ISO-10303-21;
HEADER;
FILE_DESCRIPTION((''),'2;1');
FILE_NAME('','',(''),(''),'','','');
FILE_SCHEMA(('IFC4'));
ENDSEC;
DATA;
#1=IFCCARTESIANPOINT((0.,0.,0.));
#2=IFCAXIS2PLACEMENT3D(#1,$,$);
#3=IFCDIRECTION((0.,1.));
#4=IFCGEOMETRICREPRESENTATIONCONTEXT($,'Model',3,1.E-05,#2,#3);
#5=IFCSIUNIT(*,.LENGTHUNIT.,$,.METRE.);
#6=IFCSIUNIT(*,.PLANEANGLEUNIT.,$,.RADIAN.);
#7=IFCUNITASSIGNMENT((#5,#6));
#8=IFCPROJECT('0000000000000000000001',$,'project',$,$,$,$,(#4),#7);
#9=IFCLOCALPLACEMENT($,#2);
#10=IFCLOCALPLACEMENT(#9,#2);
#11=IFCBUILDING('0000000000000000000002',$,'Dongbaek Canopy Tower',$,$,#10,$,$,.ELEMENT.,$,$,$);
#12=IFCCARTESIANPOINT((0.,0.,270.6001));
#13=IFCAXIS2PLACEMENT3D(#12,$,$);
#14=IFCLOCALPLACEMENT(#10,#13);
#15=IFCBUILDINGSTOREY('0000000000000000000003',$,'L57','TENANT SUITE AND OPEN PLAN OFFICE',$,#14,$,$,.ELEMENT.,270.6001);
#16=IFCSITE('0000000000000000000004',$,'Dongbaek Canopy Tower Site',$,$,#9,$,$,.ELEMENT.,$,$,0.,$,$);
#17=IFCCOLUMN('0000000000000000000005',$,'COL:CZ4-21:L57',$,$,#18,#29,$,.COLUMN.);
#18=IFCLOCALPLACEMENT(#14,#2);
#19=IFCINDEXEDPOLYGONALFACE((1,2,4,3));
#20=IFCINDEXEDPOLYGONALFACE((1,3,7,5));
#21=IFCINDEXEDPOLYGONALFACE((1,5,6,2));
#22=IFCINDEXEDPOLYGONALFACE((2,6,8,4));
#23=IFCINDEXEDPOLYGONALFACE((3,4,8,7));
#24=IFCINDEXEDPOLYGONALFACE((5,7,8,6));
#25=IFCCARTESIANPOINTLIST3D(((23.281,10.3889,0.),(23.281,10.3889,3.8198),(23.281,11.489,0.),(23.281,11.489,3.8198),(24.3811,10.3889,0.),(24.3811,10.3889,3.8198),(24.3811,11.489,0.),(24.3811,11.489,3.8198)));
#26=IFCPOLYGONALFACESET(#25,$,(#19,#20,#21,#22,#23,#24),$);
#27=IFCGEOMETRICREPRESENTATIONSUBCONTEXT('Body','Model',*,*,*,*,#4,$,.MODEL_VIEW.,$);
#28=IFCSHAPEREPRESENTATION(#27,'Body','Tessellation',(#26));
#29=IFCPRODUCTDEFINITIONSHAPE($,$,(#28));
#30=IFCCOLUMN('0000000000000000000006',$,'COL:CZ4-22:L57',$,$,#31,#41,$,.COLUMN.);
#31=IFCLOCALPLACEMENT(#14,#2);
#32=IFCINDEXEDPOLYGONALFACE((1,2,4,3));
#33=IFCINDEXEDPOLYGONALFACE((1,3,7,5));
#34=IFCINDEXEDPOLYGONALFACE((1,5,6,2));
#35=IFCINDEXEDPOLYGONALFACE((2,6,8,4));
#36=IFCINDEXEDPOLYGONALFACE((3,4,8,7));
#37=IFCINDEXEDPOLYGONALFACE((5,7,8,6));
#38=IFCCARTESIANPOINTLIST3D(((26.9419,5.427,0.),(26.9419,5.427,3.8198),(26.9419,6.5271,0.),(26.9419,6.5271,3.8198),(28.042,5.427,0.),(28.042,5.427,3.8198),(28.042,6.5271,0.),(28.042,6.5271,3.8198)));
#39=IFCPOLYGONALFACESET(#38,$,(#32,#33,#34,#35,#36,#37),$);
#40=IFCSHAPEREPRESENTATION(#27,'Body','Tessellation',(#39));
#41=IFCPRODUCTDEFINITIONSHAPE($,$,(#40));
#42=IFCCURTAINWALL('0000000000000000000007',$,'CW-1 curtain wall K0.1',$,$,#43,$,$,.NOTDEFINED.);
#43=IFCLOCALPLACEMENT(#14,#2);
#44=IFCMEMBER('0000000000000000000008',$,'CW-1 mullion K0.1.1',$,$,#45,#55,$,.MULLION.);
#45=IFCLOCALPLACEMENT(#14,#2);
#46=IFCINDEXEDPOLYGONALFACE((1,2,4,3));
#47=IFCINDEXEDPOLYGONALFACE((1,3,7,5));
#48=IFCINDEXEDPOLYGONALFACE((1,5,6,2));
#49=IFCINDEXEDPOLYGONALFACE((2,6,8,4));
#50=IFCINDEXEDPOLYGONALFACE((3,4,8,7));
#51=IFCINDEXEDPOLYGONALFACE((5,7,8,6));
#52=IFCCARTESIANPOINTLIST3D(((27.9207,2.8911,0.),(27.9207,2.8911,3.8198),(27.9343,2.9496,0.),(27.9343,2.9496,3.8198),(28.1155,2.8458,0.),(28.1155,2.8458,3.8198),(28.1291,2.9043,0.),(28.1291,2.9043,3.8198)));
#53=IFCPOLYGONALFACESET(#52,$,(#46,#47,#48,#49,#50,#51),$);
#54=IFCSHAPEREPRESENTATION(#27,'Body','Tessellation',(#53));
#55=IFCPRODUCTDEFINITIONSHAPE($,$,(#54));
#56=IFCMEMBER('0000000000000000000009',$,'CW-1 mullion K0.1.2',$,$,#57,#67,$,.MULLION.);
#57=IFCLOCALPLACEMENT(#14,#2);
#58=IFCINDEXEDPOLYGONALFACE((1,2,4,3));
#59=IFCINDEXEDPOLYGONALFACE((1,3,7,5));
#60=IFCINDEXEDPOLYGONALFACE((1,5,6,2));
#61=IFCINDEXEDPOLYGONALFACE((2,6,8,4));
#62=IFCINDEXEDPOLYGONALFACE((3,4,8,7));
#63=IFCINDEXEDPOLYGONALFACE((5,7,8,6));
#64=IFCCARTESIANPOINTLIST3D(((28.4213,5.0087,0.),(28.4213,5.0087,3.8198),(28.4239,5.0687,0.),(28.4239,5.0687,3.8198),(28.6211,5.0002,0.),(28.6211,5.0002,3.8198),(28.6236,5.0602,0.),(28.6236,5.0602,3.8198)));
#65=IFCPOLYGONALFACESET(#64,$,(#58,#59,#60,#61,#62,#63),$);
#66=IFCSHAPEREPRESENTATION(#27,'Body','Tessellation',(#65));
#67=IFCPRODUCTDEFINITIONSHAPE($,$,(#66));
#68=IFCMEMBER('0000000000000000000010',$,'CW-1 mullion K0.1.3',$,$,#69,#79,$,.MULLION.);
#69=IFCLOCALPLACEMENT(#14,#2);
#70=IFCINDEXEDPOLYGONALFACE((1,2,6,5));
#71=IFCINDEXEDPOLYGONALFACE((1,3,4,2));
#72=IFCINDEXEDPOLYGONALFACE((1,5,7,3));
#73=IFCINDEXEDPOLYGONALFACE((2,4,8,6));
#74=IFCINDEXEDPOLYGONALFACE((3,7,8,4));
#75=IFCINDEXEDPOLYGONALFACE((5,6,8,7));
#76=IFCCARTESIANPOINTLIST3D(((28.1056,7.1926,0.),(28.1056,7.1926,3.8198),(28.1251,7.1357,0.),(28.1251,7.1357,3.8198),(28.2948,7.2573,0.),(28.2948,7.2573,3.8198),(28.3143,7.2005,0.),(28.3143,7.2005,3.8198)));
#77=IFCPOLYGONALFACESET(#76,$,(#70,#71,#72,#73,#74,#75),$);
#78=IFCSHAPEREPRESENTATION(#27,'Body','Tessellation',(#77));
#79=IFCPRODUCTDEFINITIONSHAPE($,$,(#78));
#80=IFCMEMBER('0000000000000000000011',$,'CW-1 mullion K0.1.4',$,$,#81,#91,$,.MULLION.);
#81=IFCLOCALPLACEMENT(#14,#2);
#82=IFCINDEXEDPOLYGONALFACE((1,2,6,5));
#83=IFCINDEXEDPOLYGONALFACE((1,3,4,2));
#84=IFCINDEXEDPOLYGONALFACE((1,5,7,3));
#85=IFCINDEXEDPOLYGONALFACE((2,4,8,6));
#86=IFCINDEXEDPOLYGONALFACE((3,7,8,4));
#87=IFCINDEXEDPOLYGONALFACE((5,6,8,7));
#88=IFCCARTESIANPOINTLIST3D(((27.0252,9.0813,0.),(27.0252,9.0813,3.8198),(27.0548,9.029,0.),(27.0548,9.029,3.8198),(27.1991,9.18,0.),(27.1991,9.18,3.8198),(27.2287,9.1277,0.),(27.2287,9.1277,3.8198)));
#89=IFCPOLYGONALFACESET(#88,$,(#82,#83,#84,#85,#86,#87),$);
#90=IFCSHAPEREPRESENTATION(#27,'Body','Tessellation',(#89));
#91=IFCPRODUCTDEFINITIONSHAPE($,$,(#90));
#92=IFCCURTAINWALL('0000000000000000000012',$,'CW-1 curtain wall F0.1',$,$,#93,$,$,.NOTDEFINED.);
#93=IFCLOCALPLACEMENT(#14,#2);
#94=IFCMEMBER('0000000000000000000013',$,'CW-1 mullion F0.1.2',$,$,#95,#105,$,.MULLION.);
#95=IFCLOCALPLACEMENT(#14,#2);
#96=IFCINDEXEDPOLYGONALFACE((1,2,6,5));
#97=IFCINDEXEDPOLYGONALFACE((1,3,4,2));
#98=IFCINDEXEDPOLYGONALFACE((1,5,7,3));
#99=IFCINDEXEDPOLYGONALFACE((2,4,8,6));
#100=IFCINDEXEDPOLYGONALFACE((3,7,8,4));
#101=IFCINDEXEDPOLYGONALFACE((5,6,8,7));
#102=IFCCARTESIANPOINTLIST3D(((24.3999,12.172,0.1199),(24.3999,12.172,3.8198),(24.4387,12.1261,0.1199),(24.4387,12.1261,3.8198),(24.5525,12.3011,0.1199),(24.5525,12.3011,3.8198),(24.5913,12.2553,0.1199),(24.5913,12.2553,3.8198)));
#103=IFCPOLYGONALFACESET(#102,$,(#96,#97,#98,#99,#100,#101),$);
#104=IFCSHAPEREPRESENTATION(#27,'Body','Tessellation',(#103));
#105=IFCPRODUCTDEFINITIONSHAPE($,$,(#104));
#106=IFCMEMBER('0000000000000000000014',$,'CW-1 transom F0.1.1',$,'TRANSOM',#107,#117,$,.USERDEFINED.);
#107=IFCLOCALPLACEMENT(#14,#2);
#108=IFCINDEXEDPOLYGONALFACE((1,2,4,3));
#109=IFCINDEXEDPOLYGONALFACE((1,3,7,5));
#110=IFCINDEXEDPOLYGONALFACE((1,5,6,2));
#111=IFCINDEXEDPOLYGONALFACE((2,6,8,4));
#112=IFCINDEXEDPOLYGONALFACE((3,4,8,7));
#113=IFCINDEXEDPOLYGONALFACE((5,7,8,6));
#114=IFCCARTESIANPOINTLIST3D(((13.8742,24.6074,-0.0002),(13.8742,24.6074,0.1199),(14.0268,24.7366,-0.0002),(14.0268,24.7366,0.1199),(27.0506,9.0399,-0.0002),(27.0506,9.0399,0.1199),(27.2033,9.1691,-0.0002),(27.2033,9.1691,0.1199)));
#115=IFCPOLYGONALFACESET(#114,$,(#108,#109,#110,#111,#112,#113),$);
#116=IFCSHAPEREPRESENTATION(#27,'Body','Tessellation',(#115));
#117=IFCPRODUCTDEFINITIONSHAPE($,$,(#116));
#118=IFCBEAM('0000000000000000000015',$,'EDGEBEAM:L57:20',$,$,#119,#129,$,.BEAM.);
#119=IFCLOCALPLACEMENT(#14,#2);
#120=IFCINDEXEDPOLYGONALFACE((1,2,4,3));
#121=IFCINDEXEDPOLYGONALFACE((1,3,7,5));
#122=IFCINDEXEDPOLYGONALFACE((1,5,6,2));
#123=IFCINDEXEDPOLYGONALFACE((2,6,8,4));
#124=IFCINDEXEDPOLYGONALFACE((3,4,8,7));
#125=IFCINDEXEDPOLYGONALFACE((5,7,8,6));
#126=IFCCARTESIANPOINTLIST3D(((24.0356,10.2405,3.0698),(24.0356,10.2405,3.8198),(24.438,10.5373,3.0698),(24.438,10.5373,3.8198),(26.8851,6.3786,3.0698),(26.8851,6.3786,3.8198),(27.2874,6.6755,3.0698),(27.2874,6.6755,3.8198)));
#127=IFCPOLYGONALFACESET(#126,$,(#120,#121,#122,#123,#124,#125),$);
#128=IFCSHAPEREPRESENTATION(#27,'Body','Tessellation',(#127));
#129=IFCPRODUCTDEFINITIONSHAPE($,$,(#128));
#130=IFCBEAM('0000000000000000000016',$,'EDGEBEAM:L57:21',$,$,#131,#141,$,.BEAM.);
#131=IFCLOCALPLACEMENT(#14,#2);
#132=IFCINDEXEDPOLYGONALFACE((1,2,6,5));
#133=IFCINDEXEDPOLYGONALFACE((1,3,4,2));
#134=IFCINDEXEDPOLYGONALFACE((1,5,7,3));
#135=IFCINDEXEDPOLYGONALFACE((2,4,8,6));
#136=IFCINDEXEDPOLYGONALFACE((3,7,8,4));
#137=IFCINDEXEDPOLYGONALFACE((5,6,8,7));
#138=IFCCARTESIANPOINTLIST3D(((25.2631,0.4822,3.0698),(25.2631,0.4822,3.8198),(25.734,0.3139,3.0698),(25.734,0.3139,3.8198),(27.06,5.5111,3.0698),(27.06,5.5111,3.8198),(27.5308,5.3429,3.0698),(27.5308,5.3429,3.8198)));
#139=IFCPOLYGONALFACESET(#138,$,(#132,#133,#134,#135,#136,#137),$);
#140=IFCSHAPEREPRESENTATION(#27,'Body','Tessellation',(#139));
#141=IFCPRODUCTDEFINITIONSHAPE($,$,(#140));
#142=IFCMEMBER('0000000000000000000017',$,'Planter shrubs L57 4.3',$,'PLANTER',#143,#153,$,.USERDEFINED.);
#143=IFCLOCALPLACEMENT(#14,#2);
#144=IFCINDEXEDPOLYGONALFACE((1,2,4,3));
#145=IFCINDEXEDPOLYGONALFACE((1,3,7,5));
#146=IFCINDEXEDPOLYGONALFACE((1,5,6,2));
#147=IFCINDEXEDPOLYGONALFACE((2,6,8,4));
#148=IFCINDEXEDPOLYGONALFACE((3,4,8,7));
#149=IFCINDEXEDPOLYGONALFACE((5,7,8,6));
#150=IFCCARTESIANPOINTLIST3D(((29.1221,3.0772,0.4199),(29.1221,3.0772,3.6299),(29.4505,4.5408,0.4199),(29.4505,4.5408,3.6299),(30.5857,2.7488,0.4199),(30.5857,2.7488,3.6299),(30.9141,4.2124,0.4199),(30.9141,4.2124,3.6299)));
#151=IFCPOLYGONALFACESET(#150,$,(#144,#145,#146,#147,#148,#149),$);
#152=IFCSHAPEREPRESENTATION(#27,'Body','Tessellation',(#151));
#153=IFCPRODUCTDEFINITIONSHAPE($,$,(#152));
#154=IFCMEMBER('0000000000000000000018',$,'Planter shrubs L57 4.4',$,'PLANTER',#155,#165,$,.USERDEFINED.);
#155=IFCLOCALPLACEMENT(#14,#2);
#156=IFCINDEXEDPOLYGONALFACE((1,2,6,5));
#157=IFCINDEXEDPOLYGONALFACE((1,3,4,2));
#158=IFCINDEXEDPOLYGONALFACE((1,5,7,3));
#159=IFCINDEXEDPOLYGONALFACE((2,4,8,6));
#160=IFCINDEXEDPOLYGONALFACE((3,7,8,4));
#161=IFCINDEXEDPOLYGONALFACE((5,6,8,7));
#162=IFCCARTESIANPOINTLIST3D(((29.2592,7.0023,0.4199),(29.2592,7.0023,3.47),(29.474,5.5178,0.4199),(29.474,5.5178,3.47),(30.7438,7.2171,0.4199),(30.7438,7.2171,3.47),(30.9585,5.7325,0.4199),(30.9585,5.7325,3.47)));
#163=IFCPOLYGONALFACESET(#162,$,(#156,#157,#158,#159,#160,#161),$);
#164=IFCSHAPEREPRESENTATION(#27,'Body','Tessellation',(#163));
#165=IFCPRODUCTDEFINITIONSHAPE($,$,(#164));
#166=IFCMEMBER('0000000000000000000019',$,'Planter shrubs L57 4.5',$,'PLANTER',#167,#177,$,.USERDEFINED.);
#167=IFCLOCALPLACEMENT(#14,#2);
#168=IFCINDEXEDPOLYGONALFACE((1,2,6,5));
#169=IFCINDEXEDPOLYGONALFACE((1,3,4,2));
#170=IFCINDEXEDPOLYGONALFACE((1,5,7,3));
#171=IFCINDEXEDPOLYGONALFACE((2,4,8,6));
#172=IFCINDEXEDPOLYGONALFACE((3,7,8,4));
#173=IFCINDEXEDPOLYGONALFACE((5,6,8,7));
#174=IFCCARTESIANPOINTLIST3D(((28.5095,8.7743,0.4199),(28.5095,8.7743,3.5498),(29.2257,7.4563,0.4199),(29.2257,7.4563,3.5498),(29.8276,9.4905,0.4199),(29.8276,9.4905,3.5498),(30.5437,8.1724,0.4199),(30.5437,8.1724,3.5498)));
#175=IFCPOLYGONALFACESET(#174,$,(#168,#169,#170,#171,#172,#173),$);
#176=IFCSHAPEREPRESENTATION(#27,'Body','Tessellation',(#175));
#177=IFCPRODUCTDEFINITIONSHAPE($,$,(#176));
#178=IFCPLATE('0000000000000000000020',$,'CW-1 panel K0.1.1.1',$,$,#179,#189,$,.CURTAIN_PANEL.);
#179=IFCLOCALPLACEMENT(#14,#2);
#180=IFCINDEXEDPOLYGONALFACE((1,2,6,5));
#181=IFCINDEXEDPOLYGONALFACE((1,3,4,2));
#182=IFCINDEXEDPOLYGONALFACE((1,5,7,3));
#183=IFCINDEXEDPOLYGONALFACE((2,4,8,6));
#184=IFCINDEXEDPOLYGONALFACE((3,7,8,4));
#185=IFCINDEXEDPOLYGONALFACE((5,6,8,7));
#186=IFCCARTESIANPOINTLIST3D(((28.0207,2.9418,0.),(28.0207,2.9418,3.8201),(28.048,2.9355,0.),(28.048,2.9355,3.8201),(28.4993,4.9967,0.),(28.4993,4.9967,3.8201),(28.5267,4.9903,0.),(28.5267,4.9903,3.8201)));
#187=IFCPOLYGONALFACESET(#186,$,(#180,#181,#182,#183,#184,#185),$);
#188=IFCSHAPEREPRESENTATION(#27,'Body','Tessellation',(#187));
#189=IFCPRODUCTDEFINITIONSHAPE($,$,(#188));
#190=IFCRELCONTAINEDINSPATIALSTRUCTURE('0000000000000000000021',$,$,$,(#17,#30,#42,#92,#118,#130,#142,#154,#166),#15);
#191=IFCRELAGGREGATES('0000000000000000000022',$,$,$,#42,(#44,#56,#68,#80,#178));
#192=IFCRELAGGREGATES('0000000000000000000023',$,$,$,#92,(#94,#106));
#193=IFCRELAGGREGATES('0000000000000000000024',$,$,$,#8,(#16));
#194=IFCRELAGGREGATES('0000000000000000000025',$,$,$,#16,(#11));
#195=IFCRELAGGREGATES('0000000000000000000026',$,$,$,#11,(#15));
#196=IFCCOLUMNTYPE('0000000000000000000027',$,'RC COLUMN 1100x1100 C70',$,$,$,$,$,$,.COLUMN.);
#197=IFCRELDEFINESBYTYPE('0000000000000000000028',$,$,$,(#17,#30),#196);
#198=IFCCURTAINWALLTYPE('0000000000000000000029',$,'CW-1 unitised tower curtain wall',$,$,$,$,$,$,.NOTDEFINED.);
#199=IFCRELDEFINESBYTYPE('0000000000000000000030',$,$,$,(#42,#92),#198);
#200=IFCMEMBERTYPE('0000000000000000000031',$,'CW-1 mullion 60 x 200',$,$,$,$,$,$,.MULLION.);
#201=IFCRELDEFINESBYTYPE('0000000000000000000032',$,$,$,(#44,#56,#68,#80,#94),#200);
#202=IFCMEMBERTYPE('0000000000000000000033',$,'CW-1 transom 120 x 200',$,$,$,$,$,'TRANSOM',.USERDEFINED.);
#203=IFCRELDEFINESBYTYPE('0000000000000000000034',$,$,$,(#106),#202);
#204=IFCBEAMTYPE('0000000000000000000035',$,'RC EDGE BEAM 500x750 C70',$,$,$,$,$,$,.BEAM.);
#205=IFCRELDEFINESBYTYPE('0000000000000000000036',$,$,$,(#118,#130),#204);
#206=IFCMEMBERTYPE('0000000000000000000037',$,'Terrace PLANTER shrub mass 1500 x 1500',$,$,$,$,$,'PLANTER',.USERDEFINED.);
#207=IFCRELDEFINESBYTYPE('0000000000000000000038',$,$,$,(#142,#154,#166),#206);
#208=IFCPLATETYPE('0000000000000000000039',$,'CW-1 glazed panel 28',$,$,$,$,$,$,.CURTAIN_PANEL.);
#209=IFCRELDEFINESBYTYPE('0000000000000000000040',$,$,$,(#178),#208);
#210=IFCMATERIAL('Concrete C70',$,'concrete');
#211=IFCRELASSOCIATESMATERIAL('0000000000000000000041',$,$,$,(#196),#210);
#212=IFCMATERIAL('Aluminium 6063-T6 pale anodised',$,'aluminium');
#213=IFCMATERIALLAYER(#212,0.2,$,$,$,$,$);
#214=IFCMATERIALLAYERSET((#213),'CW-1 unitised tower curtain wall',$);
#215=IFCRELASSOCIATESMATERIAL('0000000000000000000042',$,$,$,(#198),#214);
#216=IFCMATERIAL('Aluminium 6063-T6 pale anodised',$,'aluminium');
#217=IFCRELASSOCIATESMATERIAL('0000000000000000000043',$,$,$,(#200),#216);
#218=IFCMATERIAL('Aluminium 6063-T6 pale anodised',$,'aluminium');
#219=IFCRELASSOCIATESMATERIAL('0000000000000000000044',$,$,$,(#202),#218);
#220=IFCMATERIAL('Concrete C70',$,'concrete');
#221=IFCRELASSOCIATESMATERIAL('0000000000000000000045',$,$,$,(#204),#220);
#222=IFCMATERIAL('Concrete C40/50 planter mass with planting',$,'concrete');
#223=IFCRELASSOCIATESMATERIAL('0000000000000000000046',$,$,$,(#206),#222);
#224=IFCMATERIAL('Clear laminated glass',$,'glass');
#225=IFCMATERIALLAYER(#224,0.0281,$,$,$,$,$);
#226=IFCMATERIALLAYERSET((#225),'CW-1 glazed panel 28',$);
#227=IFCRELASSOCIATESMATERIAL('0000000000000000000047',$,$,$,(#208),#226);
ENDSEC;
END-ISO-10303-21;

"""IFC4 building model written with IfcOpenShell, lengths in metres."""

from ifc_helpers import new_model, si_unit, direction, frame, origin, origin_2d, place, context, subcontext, project, spatial, rectangle, extrude, material, layer, layer_set, material_profile, profile_set, type_object, element, aggregate, save


model = new_model("IFC4")

# Units and contexts
model_context = context("Model", 3, precision=1e-05, world=origin(), true_north=direction((0.0, 1.0)))
body_context = subcontext(model_context, "Body", "Model", "MODEL_VIEW")
ifc_project = project(units=[si_unit("LENGTHUNIT", "METRE"), si_unit("PLANEANGLEUNIT", "RADIAN")], contexts=[model_context])

# Site, building, storey
site_placement = place(None, origin())
site = spatial("IfcSite", under=ifc_project, at=site_placement, Name="Dongbaek Canopy Tower Site", CompositionType="ELEMENT", RefElevation=0.0)
building_placement = place(site_placement, origin())
building = spatial("IfcBuilding", under=site, at=building_placement, Name="Dongbaek Canopy Tower", CompositionType="ELEMENT")
storey_placement = place(building_placement, frame((0.0, 0.0, 270.6001)))
storey = spatial("IfcBuildingStorey", under=building, at=storey_placement, Name="L57", Description="TENANT SUITE AND OPEN PLAN OFFICE", CompositionType="ELEMENT", Elevation=270.6001)

# Columns
ifc_material_1 = material(Name="Concrete C70", Category="concrete")
ifc_material_profile_1 = material_profile(ifc_material_1, rectangle(XDim=1.1001, YDim=1.1001, at=origin_2d()), Name="RC COLUMN 1100x1100 C70")
ifc_profile_set_1 = profile_set([ifc_material_profile_1], Name="Concrete C70")
column_type = type_object("IfcColumnType", Name="RC COLUMN 1100x1100 C70", PredefinedType="COLUMN", material=ifc_profile_set_1)
for number, where, z_axis, x_axis, name in (
    (1, (23.8311, 10.939, 0.0), (0.0, 0.0, 1.0), (1.0, 0.0, 0.0), "COL:CZ4-21:L57"),
    (2, (27.4919, 5.9771, 0.0), (0.0, 0.0, 1.0), (1.0, 0.0, 0.0), "COL:CZ4-22:L57"),
):
    element("IfcColumn", number, at=place(storey_placement, frame(where, z_axis=z_axis, x_axis=x_axis)), inside=storey, type_object=column_type, Name=name, PredefinedType="COLUMN", context=body_context, shape_type="SweptSolid", body=[
        extrude(rectangle(XDim=1.1001, YDim=1.1001, at=origin_2d()), origin(), (0.0, 0.0, 1.0), 3.8198),
    ])

# Curtain walls, members
ifc_material_2 = material(Name="Aluminium 6063-T6 pale anodised", Category="aluminium")
ifc_layer_1 = layer(ifc_material_2, 0.2)
ifc_layer_set_1 = layer_set([ifc_layer_1], Name="CW-1 unitised tower curtain wall")
curtain_wall_type = type_object("IfcCurtainWallType", Name="CW-1 unitised tower curtain wall", PredefinedType="NOTDEFINED", material=ifc_layer_set_1)
curtain_wall_1_placement = place(storey_placement, origin())
curtain_wall_1 = element("IfcCurtainWall", 3, at=curtain_wall_1_placement, inside=storey, type_object=curtain_wall_type, Name="CW-1 curtain wall K0.1", PredefinedType="NOTDEFINED")
ifc_material_3 = material(Name="Aluminium 6063-T6 pale anodised", Category="aluminium")
ifc_material_profile_2 = material_profile(ifc_material_3, rectangle(XDim=0.2, YDim=0.0601, at=origin_2d()), Name="CW-1 mullion 60 x 200")
ifc_profile_set_2 = profile_set([ifc_material_profile_2], Name="Aluminium 6063-T6 pale anodised")
member_type_1 = type_object("IfcMemberType", Name="CW-1 mullion 60 x 200", PredefinedType="MULLION", material=ifc_profile_set_2)
member_1_placement = place(storey_placement, frame((28.0249, 2.8977, 0.0), z_axis=(0.0, 0.0, 1.0), x_axis=(0.973927, -0.226863, 0.0)))
member_1 = element("IfcMember", 4, at=member_1_placement, type_object=member_type_1, Name="CW-1 mullion K0.1.1", PredefinedType="MULLION", context=body_context, shape_type="SweptSolid", body=[
    extrude(rectangle(XDim=0.2, YDim=0.0601, at=origin_2d()), origin(), (0.0, 0.0, 1.0), 3.8198),
])
member_2_placement = place(storey_placement, frame((28.5225, 5.0344, 0.0), z_axis=(0.0, 0.0, 1.0), x_axis=(0.999093, -0.04259, 0.0)))
member_2 = element("IfcMember", 5, at=member_2_placement, type_object=member_type_1, Name="CW-1 mullion K0.1.2", PredefinedType="MULLION", context=body_context, shape_type="SweptSolid", body=[
    extrude(rectangle(XDim=0.2, YDim=0.0601, at=origin_2d()), origin(), (0.0, 0.0, 1.0), 3.8198),
])
member_3_placement = place(storey_placement, frame((28.21, 7.1965, 0.0), z_axis=(0.0, 0.0, 1.0), x_axis=(0.946074, 0.323949, 0.0)))
member_3 = element("IfcMember", 6, at=member_3_placement, type_object=member_type_1, Name="CW-1 mullion K0.1.3", PredefinedType="MULLION", context=body_context, shape_type="SweptSolid", body=[
    extrude(rectangle(XDim=0.2, YDim=0.0601, at=origin_2d()), origin(), (0.0, 0.0, 1.0), 3.8198),
])
member_4_placement = place(storey_placement, frame((27.127, 9.1045, 0.0), z_axis=(0.0, 0.0, 1.0), x_axis=(0.869724, 0.493538, 0.0)))
member_4 = element("IfcMember", 7, at=member_4_placement, type_object=member_type_1, Name="CW-1 mullion K0.1.4", PredefinedType="MULLION", context=body_context, shape_type="SweptSolid", body=[
    extrude(rectangle(XDim=0.2, YDim=0.0601, at=origin_2d()), origin(), (0.0, 0.0, 1.0), 3.8198),
])
curtain_wall_2_placement = place(storey_placement, origin())
curtain_wall_2 = element("IfcCurtainWall", 8, at=curtain_wall_2_placement, inside=storey, type_object=curtain_wall_type, Name="CW-1 curtain wall F0.1", PredefinedType="NOTDEFINED")
member_5_placement = place(storey_placement, frame((24.4956, 12.2136, 0.1199), z_axis=(0.0, 0.0, 1.0), x_axis=(0.763291, 0.646055, 0.0)))
member_5 = element("IfcMember", 9, at=member_5_placement, type_object=member_type_1, Name="CW-1 mullion F0.1.2", PredefinedType="MULLION", context=body_context, shape_type="SweptSolid", body=[
    extrude(rectangle(XDim=0.2, YDim=0.0601, at=origin_2d()), origin(), (0.0, 0.0, 1.0), 3.7),
])
ifc_material_4 = material(Name="Aluminium 6063-T6 pale anodised", Category="aluminium")
ifc_material_profile_3 = material_profile(ifc_material_4, rectangle(XDim=0.2, YDim=0.1201, at=origin_2d()), Name="CW-1 transom 120 x 200")
ifc_profile_set_3 = profile_set([ifc_material_profile_3], Name="Aluminium 6063-T6 pale anodised")
member_type_2 = type_object("IfcMemberType", Name="CW-1 transom 120 x 200", ElementType="TRANSOM", PredefinedType="USERDEFINED", material=ifc_profile_set_3)
member_6_placement = place(storey_placement, frame((27.127, 9.1045, 0.0598), z_axis=(-0.646054, 0.763292, 0.0), x_axis=(-0.763292, -0.646054, 0.0)))
member_6 = element("IfcMember", 10, at=member_6_placement, type_object=member_type_2, Name="CW-1 transom F0.1.1", ObjectType="TRANSOM", PredefinedType="USERDEFINED", context=body_context, shape_type="SweptSolid", body=[
    extrude(rectangle(XDim=0.2, YDim=0.1201, at=origin_2d()), origin(), (0.0, 0.0, 1.0), 20.3953),
])

# Beams
ifc_material_5 = material(Name="Concrete C70", Category="concrete")
ifc_material_profile_4 = material_profile(ifc_material_5, rectangle(XDim=0.5, YDim=0.75, at=origin_2d()), Name="RC EDGE BEAM 500x750 C70")
ifc_profile_set_4 = profile_set([ifc_material_profile_4], Name="Concrete C70")
beam_type = type_object("IfcBeamType", Name="RC EDGE BEAM 500x750 C70", PredefinedType="BEAM", material=ifc_profile_set_4)
beam_1_placement = place(storey_placement, frame((24.2368, 10.3889, 3.4448), z_axis=(0.593714, -0.804676, 0.0), x_axis=(0.804676, 0.593714, 0.0)))
element("IfcBeam", 11, at=beam_1_placement, inside=storey, type_object=beam_type, Name="EDGEBEAM:L57:20", PredefinedType="BEAM", context=body_context, shape_type="SweptSolid", body=[
    extrude(rectangle(XDim=0.5, YDim=0.75, at=origin_2d()), origin(), (0.0, 0.0, 1.0), 4.7993),
])
beam_2_placement = place(storey_placement, frame((27.2954, 5.427, 3.4448), z_axis=(-0.336467, -0.941695, 0.0), x_axis=(0.941695, -0.336467, 0.0)))
element("IfcBeam", 12, at=beam_2_placement, inside=storey, type_object=beam_type, Name="EDGEBEAM:L57:21", PredefinedType="BEAM", context=body_context, shape_type="SweptSolid", body=[
    extrude(rectangle(XDim=0.5, YDim=0.75, at=origin_2d()), origin(), (0.0, 0.0, 1.0), 5.3403),
])

# Members
ifc_material_6 = material(Name="Concrete C40/50 planter mass with planting", Category="concrete")
ifc_material_profile_5 = material_profile(ifc_material_6, rectangle(XDim=1.5, YDim=1.5, at=origin_2d()), Name="Terrace PLANTER shrub mass 1500 x 1500")
ifc_profile_set_5 = profile_set([ifc_material_profile_5], Name="Concrete C40/50 planter mass with planting")
member_type_3 = type_object("IfcMemberType", Name="Terrace PLANTER shrub mass 1500 x 1500", ElementType="PLANTER", PredefinedType="USERDEFINED", material=ifc_profile_set_5)
member_7_placement = place(storey_placement, frame((30.0181, 3.6448, 0.4199), z_axis=(0.0, 0.0, 1.0), x_axis=(0.97574, -0.218931, 0.0)))
element("IfcMember", 13, at=member_7_placement, inside=storey, type_object=member_type_3, Name="Planter shrubs L57 4.3", ObjectType="PLANTER", PredefinedType="USERDEFINED", context=body_context, shape_type="SweptSolid", body=[
    extrude(rectangle(XDim=1.5, YDim=1.5, at=origin_2d()), origin(), (0.0, 0.0, 1.0), 3.21),
])
member_8_placement = place(storey_placement, frame((30.1089, 6.3674, 0.4199), z_axis=(0.0, 0.0, 1.0), x_axis=(0.9897, 0.143155, 0.0)))
element("IfcMember", 14, at=member_8_placement, inside=storey, type_object=member_type_3, Name="Planter shrubs L57 4.4", ObjectType="PLANTER", PredefinedType="USERDEFINED", context=body_context, shape_type="SweptSolid", body=[
    extrude(rectangle(XDim=1.5, YDim=1.5, at=origin_2d()), origin(), (0.0, 0.0, 1.0), 3.05),
])
member_9_placement = place(storey_placement, frame((29.5266, 8.4734, 0.4199), z_axis=(0.0, 0.0, 1.0), x_axis=(0.878676, 0.477419, 0.0)))
element("IfcMember", 15, at=member_9_placement, inside=storey, type_object=member_type_3, Name="Planter shrubs L57 4.5", ObjectType="PLANTER", PredefinedType="USERDEFINED", context=body_context, shape_type="SweptSolid", body=[
    extrude(rectangle(XDim=1.5, YDim=1.5, at=origin_2d()), origin(), (0.0, 0.0, 1.0), 3.1299),
])

# Plate
ifc_material_7 = material(Name="Clear laminated glass", Category="glass")
ifc_layer_2 = layer(ifc_material_7, 0.0281)
ifc_layer_set_2 = layer_set([ifc_layer_2], Name="CW-1 glazed panel 28")
plate_type = type_object("IfcPlateType", Name="CW-1 glazed panel 28", PredefinedType="CURTAIN_PANEL", material=ifc_layer_set_2)
plate_1_placement = place(storey_placement, frame((28.2737, 3.9661, 0.0), z_axis=(0.0, 0.0, 1.0), x_axis=(0.226863, 0.973927, 0.0)))
plate_1 = element("IfcPlate", 16, at=plate_1_placement, type_object=plate_type, Name="CW-1 panel K0.1.1.1", PredefinedType="CURTAIN_PANEL", context=body_context, shape_type="SweptSolid", body=[
    extrude(rectangle(XDim=2.1099, YDim=0.0281, at=origin_2d()), origin(), (0.0, 0.0, 1.0), 3.8201),
])
aggregate(curtain_wall_1, [member_1, member_2, member_3, member_4, plate_1])

aggregate(curtain_wall_2, [member_5, member_6])

save(model, "model.ifc")
